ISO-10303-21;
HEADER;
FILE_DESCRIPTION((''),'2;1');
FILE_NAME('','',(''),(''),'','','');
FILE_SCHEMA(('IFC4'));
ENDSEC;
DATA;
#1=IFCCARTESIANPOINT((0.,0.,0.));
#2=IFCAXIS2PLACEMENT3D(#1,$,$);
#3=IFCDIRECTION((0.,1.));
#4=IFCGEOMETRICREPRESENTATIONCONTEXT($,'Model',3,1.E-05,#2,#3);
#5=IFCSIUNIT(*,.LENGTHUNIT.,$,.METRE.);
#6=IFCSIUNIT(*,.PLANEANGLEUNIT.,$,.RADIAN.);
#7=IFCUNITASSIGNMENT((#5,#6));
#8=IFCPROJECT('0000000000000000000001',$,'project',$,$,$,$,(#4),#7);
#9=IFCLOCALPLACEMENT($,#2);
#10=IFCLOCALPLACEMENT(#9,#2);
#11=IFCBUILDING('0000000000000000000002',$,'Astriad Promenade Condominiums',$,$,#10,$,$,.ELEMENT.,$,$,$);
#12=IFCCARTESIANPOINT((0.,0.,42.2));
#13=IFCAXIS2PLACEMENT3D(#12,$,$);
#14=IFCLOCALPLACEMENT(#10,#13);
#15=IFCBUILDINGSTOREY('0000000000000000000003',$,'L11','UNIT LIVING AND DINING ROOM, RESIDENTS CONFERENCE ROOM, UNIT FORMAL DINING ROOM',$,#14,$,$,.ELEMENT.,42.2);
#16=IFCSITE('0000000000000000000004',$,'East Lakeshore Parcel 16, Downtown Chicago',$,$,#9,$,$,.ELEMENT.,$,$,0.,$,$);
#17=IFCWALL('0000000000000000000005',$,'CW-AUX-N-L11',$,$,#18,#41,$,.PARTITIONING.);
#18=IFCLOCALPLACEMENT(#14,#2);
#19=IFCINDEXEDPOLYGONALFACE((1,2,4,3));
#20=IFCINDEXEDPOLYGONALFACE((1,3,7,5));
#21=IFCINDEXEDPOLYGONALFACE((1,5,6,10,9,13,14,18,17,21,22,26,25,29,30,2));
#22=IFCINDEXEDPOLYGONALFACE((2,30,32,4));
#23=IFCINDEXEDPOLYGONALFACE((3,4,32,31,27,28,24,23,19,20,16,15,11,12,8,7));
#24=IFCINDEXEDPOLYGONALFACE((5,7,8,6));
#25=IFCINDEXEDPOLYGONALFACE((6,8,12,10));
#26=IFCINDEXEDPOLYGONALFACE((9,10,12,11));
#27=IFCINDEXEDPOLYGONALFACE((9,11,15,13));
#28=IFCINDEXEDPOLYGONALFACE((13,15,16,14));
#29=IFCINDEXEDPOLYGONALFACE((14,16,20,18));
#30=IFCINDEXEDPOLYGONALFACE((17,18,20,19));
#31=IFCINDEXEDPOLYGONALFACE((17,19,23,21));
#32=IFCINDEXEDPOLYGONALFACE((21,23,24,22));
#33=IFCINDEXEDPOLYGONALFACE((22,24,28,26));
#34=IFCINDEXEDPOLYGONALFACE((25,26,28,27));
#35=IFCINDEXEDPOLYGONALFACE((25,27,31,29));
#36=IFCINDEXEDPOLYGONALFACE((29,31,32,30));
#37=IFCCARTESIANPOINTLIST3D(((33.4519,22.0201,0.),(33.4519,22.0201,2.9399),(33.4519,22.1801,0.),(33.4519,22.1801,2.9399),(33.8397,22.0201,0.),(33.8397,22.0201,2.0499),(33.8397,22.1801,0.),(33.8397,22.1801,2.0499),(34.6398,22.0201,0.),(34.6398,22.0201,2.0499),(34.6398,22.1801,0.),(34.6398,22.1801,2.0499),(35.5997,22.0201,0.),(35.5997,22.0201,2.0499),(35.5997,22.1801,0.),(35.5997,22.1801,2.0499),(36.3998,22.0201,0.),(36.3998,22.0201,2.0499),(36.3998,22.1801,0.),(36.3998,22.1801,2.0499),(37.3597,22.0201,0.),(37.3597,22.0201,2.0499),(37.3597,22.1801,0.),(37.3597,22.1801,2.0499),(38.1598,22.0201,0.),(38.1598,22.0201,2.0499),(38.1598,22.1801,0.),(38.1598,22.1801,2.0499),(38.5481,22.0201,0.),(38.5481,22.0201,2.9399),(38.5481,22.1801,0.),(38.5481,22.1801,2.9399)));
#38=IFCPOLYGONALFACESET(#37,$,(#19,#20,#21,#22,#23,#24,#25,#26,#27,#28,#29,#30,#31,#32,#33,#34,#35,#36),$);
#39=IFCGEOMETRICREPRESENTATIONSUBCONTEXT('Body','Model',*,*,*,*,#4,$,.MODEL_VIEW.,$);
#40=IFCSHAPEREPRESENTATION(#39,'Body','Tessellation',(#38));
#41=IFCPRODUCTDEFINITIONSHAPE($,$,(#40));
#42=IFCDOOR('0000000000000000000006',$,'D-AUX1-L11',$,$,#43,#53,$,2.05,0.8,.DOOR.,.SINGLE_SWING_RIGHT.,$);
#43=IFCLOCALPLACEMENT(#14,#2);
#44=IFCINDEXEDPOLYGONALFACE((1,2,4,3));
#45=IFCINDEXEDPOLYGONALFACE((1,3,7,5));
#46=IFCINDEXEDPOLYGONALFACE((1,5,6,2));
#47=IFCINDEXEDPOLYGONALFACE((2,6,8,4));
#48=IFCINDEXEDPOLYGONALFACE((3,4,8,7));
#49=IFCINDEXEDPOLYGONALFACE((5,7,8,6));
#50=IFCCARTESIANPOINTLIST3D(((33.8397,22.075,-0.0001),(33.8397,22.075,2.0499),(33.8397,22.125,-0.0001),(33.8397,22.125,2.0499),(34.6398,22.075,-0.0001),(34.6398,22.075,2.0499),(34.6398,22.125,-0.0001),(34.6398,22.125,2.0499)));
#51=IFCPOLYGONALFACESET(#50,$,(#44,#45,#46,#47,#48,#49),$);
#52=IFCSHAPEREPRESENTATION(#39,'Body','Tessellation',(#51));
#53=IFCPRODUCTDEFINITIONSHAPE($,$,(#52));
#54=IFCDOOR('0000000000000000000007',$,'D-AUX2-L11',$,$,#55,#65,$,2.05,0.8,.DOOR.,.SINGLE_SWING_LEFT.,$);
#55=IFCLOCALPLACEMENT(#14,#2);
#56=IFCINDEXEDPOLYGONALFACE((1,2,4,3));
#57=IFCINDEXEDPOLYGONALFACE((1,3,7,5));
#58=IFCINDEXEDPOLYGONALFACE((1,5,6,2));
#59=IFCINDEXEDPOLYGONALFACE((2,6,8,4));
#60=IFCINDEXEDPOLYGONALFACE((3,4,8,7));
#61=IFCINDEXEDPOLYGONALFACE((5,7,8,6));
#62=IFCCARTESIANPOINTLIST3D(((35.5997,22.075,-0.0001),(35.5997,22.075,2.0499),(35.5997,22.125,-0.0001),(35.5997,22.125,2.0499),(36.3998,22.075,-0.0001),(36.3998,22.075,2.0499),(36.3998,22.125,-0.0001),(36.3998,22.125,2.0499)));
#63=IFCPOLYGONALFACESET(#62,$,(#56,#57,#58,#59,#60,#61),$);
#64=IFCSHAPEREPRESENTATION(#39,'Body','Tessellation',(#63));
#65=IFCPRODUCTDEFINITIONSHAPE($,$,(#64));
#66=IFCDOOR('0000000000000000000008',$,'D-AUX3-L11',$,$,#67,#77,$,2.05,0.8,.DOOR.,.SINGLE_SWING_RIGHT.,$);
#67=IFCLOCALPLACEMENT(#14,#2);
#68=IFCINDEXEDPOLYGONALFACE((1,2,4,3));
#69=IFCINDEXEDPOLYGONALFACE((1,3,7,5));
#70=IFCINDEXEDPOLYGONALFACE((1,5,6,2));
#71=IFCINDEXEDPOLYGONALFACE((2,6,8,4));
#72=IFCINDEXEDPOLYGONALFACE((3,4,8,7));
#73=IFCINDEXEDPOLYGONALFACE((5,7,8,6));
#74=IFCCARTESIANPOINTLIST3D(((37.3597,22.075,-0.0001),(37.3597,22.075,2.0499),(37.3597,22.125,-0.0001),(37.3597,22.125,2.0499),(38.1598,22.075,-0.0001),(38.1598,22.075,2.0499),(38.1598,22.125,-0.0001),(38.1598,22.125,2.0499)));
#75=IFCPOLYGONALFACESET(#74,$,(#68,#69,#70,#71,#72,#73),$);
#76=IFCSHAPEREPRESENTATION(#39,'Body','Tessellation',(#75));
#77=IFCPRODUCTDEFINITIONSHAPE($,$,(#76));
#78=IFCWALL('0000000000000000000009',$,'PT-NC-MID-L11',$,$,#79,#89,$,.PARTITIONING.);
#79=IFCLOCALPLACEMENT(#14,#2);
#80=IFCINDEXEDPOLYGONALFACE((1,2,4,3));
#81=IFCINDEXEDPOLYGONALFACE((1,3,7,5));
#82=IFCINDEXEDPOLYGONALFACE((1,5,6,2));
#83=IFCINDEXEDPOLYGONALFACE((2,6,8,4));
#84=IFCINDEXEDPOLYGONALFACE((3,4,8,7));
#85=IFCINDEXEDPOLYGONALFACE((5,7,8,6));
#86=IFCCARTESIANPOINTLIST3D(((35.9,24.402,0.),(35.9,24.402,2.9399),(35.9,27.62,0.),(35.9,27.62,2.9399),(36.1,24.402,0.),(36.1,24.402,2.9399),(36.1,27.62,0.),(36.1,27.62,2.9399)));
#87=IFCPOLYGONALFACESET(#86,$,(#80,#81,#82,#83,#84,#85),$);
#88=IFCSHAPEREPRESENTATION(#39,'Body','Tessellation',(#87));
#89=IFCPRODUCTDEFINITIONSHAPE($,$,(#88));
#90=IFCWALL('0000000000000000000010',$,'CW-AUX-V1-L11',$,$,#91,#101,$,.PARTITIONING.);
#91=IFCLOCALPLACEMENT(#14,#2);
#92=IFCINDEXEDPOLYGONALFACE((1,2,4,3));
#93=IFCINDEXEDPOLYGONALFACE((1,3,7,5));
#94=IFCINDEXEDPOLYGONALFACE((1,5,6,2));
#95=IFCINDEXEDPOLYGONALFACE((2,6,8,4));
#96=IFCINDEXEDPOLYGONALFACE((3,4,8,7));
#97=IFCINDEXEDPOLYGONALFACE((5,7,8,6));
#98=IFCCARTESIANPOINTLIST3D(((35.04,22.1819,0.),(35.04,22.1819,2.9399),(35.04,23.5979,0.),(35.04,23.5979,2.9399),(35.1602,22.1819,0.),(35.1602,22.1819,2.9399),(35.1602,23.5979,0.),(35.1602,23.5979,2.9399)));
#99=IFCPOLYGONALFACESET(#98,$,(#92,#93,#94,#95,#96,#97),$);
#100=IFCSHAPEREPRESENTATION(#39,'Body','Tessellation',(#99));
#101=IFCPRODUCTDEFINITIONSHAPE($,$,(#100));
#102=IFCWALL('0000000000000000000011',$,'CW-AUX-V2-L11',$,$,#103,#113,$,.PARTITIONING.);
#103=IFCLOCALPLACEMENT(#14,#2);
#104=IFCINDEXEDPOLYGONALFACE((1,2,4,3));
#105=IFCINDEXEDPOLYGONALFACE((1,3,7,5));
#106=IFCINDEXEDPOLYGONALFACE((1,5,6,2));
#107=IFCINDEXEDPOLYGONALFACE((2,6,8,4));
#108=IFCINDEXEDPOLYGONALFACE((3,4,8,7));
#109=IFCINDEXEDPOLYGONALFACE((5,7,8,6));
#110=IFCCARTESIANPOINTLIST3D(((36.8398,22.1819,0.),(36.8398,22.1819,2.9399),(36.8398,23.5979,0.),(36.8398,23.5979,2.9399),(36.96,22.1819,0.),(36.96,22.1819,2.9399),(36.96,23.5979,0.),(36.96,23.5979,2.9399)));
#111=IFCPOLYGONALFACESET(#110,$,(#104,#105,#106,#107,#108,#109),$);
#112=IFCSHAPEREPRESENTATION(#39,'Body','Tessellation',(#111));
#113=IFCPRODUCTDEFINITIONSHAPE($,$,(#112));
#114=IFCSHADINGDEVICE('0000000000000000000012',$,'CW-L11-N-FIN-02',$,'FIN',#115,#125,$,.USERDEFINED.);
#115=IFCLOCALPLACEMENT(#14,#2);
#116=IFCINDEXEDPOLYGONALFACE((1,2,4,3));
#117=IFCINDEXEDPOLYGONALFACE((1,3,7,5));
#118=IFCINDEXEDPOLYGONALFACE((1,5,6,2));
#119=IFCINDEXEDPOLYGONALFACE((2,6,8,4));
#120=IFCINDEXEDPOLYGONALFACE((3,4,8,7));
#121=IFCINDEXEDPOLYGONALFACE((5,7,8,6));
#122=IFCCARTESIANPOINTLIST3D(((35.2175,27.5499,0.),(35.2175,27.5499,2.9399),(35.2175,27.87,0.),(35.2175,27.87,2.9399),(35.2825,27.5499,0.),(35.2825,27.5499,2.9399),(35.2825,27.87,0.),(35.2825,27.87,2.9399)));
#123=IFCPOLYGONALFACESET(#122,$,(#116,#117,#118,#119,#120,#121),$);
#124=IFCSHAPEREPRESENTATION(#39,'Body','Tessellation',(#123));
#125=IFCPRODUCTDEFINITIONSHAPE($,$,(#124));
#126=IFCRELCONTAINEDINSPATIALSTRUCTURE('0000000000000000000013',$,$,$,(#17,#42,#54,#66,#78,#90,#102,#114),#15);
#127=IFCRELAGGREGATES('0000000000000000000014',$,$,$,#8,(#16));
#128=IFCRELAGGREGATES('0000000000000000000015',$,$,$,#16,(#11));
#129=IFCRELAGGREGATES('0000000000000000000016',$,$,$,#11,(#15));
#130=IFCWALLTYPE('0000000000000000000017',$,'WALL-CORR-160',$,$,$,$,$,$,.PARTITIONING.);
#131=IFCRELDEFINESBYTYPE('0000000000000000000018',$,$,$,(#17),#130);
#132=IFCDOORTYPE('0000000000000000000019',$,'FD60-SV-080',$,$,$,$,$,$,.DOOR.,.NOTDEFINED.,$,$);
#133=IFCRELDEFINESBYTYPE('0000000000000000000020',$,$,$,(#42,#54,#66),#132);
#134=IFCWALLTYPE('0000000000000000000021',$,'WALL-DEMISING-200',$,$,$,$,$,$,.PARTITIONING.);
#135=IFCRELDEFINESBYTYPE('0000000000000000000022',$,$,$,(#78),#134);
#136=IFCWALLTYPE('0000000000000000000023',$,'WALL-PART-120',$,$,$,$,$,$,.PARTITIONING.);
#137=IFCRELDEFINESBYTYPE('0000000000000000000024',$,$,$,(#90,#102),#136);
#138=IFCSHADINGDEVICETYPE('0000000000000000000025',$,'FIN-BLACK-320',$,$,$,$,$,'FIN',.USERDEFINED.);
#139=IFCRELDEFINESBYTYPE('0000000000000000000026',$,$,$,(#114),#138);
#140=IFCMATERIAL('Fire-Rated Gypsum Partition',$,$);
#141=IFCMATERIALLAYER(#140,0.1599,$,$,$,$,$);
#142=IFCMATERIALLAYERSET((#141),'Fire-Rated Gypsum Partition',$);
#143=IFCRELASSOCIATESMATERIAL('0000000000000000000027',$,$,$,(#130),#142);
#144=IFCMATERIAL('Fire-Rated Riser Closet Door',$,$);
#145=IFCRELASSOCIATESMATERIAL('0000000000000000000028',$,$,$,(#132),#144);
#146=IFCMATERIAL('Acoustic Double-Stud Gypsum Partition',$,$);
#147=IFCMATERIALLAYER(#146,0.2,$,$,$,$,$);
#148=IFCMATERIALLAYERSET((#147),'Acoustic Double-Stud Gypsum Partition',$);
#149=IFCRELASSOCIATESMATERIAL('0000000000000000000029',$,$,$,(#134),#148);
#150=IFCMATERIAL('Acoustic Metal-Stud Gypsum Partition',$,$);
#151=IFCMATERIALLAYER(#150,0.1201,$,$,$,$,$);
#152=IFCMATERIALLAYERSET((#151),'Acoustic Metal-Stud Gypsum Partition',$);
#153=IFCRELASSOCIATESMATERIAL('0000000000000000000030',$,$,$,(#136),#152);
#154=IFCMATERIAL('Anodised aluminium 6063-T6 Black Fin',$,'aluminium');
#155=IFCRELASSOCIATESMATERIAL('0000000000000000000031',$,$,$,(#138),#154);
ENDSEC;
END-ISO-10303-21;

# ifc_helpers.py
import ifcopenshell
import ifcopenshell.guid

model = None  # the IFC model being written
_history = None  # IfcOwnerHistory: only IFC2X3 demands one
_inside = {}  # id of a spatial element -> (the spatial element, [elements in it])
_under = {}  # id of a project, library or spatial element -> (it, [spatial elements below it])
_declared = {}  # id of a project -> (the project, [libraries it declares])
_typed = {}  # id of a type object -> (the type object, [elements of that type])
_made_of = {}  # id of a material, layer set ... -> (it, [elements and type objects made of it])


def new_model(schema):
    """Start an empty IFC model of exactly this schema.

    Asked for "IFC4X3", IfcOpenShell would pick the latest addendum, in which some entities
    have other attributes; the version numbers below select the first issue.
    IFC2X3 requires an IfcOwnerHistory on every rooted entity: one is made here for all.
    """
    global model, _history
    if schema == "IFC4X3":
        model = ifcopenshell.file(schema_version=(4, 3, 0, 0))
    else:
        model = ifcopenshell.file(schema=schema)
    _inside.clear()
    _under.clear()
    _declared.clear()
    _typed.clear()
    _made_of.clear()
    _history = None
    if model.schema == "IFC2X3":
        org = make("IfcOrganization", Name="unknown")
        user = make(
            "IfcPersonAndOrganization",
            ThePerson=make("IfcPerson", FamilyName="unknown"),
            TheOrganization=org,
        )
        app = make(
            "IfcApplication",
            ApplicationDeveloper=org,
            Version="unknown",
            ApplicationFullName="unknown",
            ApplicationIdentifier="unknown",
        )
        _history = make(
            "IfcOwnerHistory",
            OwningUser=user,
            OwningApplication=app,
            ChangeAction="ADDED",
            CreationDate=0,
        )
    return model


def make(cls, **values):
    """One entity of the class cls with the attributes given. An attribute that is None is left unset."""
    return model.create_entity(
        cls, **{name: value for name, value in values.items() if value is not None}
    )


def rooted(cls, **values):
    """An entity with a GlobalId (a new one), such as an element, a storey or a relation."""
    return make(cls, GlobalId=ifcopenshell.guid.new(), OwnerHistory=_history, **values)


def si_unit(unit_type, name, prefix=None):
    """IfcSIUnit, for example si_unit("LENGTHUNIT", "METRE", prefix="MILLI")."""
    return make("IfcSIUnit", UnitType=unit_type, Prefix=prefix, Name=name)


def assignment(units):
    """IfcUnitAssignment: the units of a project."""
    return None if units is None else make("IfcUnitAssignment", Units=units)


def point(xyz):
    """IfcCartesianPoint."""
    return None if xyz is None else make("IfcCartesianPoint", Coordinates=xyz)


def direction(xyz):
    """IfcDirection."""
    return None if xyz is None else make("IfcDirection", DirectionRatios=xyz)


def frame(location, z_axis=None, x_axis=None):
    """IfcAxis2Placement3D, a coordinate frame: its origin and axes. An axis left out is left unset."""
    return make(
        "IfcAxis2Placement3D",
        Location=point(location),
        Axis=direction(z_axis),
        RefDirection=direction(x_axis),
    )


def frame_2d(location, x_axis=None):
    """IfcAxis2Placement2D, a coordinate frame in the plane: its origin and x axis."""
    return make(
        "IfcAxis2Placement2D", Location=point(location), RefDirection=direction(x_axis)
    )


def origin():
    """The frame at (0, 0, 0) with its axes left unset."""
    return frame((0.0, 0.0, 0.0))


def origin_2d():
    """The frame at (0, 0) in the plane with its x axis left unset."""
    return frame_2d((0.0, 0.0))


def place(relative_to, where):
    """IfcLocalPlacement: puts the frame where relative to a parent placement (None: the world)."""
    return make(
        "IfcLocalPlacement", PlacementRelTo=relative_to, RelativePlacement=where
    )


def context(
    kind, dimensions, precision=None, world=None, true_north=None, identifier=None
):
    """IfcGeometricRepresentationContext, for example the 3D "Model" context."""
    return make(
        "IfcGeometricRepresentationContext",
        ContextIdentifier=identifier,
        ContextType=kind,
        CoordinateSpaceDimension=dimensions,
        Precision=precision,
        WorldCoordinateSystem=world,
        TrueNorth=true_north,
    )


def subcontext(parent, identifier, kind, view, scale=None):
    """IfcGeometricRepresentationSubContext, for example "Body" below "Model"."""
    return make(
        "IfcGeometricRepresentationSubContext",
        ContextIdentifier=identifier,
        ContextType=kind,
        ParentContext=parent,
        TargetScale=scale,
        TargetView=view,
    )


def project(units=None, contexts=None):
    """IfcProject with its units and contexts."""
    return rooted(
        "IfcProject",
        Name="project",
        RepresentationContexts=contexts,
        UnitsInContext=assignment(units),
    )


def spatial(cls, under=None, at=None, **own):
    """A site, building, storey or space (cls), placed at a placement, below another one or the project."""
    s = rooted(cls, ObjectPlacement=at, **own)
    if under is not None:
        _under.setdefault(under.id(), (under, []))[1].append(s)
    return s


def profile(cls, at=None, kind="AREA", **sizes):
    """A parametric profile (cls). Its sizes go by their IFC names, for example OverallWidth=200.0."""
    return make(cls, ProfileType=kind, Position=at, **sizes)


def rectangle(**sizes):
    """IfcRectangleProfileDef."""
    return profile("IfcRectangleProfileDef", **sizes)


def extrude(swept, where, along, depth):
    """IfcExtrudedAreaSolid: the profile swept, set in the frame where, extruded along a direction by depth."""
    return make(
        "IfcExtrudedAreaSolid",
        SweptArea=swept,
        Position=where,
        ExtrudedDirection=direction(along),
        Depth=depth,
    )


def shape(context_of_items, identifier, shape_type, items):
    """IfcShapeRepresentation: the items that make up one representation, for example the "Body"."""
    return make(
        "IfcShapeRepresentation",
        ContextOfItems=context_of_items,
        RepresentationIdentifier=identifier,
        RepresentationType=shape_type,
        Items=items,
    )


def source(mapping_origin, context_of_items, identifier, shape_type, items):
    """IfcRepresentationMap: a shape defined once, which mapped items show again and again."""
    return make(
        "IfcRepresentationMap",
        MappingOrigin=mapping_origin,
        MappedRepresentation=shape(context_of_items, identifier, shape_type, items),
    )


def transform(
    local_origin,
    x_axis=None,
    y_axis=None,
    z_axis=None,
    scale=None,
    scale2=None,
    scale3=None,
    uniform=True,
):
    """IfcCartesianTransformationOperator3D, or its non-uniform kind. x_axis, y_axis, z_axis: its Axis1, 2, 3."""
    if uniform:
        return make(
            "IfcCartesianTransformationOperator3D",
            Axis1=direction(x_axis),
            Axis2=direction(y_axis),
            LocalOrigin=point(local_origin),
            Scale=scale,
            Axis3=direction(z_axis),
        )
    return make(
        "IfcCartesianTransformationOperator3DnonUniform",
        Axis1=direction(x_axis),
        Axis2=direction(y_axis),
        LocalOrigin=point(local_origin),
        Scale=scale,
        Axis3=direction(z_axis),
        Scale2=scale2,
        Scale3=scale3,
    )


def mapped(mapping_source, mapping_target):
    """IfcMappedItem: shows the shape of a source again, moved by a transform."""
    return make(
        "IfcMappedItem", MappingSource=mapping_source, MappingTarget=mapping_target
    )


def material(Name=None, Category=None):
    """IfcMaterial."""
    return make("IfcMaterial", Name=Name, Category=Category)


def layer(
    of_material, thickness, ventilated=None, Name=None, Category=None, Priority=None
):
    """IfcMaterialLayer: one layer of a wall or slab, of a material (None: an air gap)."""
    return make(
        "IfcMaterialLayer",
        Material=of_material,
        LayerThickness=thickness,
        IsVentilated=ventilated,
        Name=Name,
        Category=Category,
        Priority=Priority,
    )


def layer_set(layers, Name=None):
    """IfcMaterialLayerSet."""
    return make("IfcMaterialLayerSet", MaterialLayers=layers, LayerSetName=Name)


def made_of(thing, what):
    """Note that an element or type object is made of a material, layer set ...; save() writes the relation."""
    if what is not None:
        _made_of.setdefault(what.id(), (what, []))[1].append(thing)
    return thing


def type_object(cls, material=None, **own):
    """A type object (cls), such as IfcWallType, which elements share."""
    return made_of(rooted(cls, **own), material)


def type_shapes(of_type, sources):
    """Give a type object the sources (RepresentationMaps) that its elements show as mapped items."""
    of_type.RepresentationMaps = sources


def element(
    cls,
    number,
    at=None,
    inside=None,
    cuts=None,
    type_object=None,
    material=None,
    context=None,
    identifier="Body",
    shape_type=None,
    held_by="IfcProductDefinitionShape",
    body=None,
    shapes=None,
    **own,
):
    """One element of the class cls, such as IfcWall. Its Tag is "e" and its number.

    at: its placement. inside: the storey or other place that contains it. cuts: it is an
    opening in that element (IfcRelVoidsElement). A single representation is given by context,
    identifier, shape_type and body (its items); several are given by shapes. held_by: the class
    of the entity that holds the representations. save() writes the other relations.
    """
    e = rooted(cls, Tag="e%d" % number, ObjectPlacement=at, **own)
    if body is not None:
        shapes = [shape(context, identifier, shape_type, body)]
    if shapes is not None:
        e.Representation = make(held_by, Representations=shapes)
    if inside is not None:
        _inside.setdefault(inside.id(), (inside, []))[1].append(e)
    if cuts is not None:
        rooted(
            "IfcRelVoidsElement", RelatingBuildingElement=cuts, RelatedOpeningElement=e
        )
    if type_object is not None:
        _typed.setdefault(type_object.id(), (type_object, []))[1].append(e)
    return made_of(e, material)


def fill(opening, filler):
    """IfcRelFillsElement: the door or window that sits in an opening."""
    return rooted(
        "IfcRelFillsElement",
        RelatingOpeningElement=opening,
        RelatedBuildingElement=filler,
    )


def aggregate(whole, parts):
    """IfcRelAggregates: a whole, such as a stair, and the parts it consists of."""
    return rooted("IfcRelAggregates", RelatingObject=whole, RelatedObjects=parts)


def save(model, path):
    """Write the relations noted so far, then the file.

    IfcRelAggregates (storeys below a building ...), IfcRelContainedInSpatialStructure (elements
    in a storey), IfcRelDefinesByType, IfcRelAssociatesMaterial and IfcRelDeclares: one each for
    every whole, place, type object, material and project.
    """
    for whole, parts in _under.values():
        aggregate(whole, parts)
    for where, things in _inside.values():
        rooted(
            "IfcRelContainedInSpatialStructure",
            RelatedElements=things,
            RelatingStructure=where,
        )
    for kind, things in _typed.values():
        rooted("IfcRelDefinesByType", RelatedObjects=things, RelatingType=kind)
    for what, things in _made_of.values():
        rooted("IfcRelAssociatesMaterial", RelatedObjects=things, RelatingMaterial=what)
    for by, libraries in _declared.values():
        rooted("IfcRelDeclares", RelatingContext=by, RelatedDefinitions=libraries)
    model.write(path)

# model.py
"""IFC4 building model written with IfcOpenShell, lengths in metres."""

from ifc_helpers import new_model, si_unit, direction, frame, frame_2d, origin, origin_2d, place, context, subcontext, project, spatial, rectangle, extrude, source, transform, mapped, material, layer, layer_set, type_object, type_shapes, element, fill, save


model = new_model("IFC4")

# Units and contexts
model_context = context("Model", 3, precision=1e-05, world=origin(), true_north=direction((0.0, 1.0)))
body_context = subcontext(model_context, "Body", "Model", "MODEL_VIEW")
ifc_project = project(units=[si_unit("LENGTHUNIT", "METRE"), si_unit("PLANEANGLEUNIT", "RADIAN")], contexts=[model_context])

# Site, building, storey
site_placement = place(None, origin())
site = spatial("IfcSite", under=ifc_project, at=site_placement, Name="East Lakeshore Parcel 16, Downtown Chicago", CompositionType="ELEMENT", RefElevation=0.0)
building_placement = place(site_placement, origin())
building = spatial("IfcBuilding", under=site, at=building_placement, Name="Astriad Promenade Condominiums", CompositionType="ELEMENT")
storey_placement = place(building_placement, frame((0.0, 0.0, 42.2)))
storey = spatial("IfcBuildingStorey", under=building, at=storey_placement, Name="L11", Description="UNIT LIVING AND DINING ROOM, RESIDENTS CONFERENCE ROOM, UNIT FORMAL DINING ROOM", CompositionType="ELEMENT", Elevation=42.2)

# Shared definitions
ifc_material_1 = material(Name="Fire-Rated Gypsum Partition")
ifc_layer_1 = layer(ifc_material_1, 0.1599)
ifc_layer_set_1 = layer_set([ifc_layer_1], Name="Fire-Rated Gypsum Partition")
wall_type_1 = type_object("IfcWallType", Name="WALL-CORR-160", PredefinedType="PARTITIONING", material=ifc_layer_set_1)

# Wall, openings, doors
wall_1_placement = place(storey_placement, frame((33.4519, 22.1001, 0.0), z_axis=(0.0, 0.0, 1.0), x_axis=(1.0, 0.0, 0.0)))
wall_1 = element("IfcWall", 1, at=wall_1_placement, inside=storey, type_object=wall_type_1, Name="CW-AUX-N-L11", PredefinedType="PARTITIONING", context=body_context, shape_type="SweptSolid", body=[
    extrude(rectangle(XDim=5.0962, YDim=0.1599, at=frame_2d((2.5481, 0.0))), origin(), (0.0, 0.0, 1.0), 2.9399),
])
opening_1_placement = place(wall_1_placement, frame((0.3879, 0.0, 0.0)))
opening_1 = element("IfcOpeningElement", 2, at=opening_1_placement, cuts=wall_1, PredefinedType="OPENING", context=body_context, shape_type="SweptSolid", body=[
    extrude(rectangle(XDim=0.8, YDim=2.05, at=frame_2d((0.3999, 1.0249))), frame((0.0, 0.0898, 0.0), z_axis=(0.0, -1.0, 0.0), x_axis=(1.0, 0.0, 0.0)), (0.0, 0.0, 1.0), 0.1799),
])
opening_2_placement = place(wall_1_placement, frame((2.1479, 0.0, 0.0)))
opening_2 = element("IfcOpeningElement", 3, at=opening_2_placement, cuts=wall_1, PredefinedType="OPENING", context=body_context, shape_type="SweptSolid", body=[
    extrude(rectangle(XDim=0.8, YDim=2.05, at=frame_2d((0.3999, 1.0249))), frame((0.0, 0.0898, 0.0), z_axis=(0.0, -1.0, 0.0), x_axis=(1.0, 0.0, 0.0)), (0.0, 0.0, 1.0), 0.1799),
])
opening_3_placement = place(wall_1_placement, frame((3.908, 0.0, 0.0)))
opening_3 = element("IfcOpeningElement", 4, at=opening_3_placement, cuts=wall_1, PredefinedType="OPENING", context=body_context, shape_type="SweptSolid", body=[
    extrude(rectangle(XDim=0.8, YDim=2.05, at=frame_2d((0.3999, 1.0249))), frame((0.0, 0.0898, 0.0), z_axis=(0.0, -1.0, 0.0), x_axis=(1.0, 0.0, 0.0)), (0.0, 0.0, 1.0), 0.1799),
])
ifc_material_2 = material(Name="Fire-Rated Riser Closet Door")
door_type_1 = type_object("IfcDoorType", Name="FD60-SV-080", OperationType="NOTDEFINED", PredefinedType="DOOR", material=ifc_material_2)
shared_shape_1 = source(origin(), body_context, "Body", "SweptSolid", [
    extrude(rectangle(XDim=0.8, YDim=2.05, at=frame_2d((0.3999, 1.0249))), frame((0.0, 0.0249, 0.0), z_axis=(0.0, -1.0, 0.0), x_axis=(1.0, 0.0, 0.0)), (0.0, 0.0, 1.0), 0.05),
])
type_shapes(door_type_1, [shared_shape_1])
door_1_placement = place(opening_1_placement, origin())
door_1 = element("IfcDoor", 5, at=door_1_placement, inside=storey, type_object=door_type_1, Name="D-AUX1-L11", OperationType="SINGLE_SWING_RIGHT", OverallHeight=2.05, OverallWidth=0.8, PredefinedType="DOOR", context=body_context, shape_type="MappedRepresentation", body=[
    mapped(shared_shape_1, transform((0.0, 0.0, 0.0), scale=1.0)),
])
fill(opening_1, door_1)
door_2_placement = place(opening_2_placement, origin())
door_2 = element("IfcDoor", 6, at=door_2_placement, inside=storey, type_object=door_type_1, Name="D-AUX2-L11", OperationType="SINGLE_SWING_LEFT", OverallHeight=2.05, OverallWidth=0.8, PredefinedType="DOOR", context=body_context, shape_type="MappedRepresentation", body=[
    mapped(shared_shape_1, transform((0.0, 0.0, 0.0), scale=1.0)),
])
fill(opening_2, door_2)
door_3_placement = place(opening_3_placement, origin())
door_3 = element("IfcDoor", 7, at=door_3_placement, inside=storey, type_object=door_type_1, Name="D-AUX3-L11", OperationType="SINGLE_SWING_RIGHT", OverallHeight=2.05, OverallWidth=0.8, PredefinedType="DOOR", context=body_context, shape_type="MappedRepresentation", body=[
    mapped(shared_shape_1, transform((0.0, 0.0, 0.0), scale=1.0)),
])
fill(opening_3, door_3)

# Walls
ifc_material_3 = material(Name="Acoustic Double-Stud Gypsum Partition")
ifc_layer_2 = layer(ifc_material_3, 0.2)
ifc_layer_set_2 = layer_set([ifc_layer_2], Name="Acoustic Double-Stud Gypsum Partition")
wall_type_2 = type_object("IfcWallType", Name="WALL-DEMISING-200", PredefinedType="PARTITIONING", material=ifc_layer_set_2)
wall_2_placement = place(storey_placement, frame((36.0, 24.4021, 0.0), z_axis=(0.0, 0.0, 1.0), x_axis=(0.0, 1.0, 0.0)))
element("IfcWall", 8, at=wall_2_placement, inside=storey, type_object=wall_type_2, Name="PT-NC-MID-L11", PredefinedType="PARTITIONING", context=body_context, shape_type="SweptSolid", body=[
    extrude(rectangle(XDim=3.218, YDim=0.2, at=frame_2d((1.6089, 0.0))), origin(), (0.0, 0.0, 1.0), 2.9399),
])
ifc_material_4 = material(Name="Acoustic Metal-Stud Gypsum Partition")
ifc_layer_3 = layer(ifc_material_4, 0.1201)
ifc_layer_set_3 = layer_set([ifc_layer_3], Name="Acoustic Metal-Stud Gypsum Partition")
wall_type_3 = type_object("IfcWallType", Name="WALL-PART-120", PredefinedType="PARTITIONING", material=ifc_layer_set_3)
for number, where, z_axis, x_axis, name in (
    (9, (35.1001, 22.1819, 0.0), (0.0, 0.0, 1.0), (0.0, 1.0, 0.0), "CW-AUX-V1-L11"),
    (10, (36.8999, 22.1819, 0.0), (0.0, 0.0, 1.0), (0.0, 1.0, 0.0), "CW-AUX-V2-L11"),
):
    element("IfcWall", number, at=place(storey_placement, frame(where, z_axis=z_axis, x_axis=x_axis)), inside=storey, type_object=wall_type_3, Name=name, PredefinedType="PARTITIONING", context=body_context, shape_type="SweptSolid", body=[
        extrude(rectangle(XDim=1.416, YDim=0.1201, at=frame_2d((0.708, 0.0))), origin(), (0.0, 0.0, 1.0), 2.9399),
    ])

# Shading device
ifc_material_5 = material(Name="Anodised aluminium 6063-T6 Black Fin", Category="aluminium")
shading_device_type = type_object("IfcShadingDeviceType", Name="FIN-BLACK-320", ElementType="FIN", PredefinedType="USERDEFINED", material=ifc_material_5)
shared_shape_2 = source(origin(), body_context, "Body", "SweptSolid", [
    extrude(rectangle(XDim=0.0649, YDim=0.3201, at=origin_2d()), origin(), (0.0, 0.0, 1.0), 2.9399),
])
type_shapes(shading_device_type, [shared_shape_2])
shading_device_placement = place(storey_placement, frame((35.25, 27.71, 0.0), z_axis=(0.0, 0.0, 1.0), x_axis=(1.0, 0.0, 0.0)))
element("IfcShadingDevice", 11, at=shading_device_placement, inside=storey, type_object=shading_device_type, Name="CW-L11-N-FIN-02", ObjectType="FIN", PredefinedType="USERDEFINED", context=body_context, shape_type="MappedRepresentation", body=[
    mapped(shared_shape_2, transform((0.0, 0.0, 0.0), scale=1.0)),
])

save(model, "model.ifc")
